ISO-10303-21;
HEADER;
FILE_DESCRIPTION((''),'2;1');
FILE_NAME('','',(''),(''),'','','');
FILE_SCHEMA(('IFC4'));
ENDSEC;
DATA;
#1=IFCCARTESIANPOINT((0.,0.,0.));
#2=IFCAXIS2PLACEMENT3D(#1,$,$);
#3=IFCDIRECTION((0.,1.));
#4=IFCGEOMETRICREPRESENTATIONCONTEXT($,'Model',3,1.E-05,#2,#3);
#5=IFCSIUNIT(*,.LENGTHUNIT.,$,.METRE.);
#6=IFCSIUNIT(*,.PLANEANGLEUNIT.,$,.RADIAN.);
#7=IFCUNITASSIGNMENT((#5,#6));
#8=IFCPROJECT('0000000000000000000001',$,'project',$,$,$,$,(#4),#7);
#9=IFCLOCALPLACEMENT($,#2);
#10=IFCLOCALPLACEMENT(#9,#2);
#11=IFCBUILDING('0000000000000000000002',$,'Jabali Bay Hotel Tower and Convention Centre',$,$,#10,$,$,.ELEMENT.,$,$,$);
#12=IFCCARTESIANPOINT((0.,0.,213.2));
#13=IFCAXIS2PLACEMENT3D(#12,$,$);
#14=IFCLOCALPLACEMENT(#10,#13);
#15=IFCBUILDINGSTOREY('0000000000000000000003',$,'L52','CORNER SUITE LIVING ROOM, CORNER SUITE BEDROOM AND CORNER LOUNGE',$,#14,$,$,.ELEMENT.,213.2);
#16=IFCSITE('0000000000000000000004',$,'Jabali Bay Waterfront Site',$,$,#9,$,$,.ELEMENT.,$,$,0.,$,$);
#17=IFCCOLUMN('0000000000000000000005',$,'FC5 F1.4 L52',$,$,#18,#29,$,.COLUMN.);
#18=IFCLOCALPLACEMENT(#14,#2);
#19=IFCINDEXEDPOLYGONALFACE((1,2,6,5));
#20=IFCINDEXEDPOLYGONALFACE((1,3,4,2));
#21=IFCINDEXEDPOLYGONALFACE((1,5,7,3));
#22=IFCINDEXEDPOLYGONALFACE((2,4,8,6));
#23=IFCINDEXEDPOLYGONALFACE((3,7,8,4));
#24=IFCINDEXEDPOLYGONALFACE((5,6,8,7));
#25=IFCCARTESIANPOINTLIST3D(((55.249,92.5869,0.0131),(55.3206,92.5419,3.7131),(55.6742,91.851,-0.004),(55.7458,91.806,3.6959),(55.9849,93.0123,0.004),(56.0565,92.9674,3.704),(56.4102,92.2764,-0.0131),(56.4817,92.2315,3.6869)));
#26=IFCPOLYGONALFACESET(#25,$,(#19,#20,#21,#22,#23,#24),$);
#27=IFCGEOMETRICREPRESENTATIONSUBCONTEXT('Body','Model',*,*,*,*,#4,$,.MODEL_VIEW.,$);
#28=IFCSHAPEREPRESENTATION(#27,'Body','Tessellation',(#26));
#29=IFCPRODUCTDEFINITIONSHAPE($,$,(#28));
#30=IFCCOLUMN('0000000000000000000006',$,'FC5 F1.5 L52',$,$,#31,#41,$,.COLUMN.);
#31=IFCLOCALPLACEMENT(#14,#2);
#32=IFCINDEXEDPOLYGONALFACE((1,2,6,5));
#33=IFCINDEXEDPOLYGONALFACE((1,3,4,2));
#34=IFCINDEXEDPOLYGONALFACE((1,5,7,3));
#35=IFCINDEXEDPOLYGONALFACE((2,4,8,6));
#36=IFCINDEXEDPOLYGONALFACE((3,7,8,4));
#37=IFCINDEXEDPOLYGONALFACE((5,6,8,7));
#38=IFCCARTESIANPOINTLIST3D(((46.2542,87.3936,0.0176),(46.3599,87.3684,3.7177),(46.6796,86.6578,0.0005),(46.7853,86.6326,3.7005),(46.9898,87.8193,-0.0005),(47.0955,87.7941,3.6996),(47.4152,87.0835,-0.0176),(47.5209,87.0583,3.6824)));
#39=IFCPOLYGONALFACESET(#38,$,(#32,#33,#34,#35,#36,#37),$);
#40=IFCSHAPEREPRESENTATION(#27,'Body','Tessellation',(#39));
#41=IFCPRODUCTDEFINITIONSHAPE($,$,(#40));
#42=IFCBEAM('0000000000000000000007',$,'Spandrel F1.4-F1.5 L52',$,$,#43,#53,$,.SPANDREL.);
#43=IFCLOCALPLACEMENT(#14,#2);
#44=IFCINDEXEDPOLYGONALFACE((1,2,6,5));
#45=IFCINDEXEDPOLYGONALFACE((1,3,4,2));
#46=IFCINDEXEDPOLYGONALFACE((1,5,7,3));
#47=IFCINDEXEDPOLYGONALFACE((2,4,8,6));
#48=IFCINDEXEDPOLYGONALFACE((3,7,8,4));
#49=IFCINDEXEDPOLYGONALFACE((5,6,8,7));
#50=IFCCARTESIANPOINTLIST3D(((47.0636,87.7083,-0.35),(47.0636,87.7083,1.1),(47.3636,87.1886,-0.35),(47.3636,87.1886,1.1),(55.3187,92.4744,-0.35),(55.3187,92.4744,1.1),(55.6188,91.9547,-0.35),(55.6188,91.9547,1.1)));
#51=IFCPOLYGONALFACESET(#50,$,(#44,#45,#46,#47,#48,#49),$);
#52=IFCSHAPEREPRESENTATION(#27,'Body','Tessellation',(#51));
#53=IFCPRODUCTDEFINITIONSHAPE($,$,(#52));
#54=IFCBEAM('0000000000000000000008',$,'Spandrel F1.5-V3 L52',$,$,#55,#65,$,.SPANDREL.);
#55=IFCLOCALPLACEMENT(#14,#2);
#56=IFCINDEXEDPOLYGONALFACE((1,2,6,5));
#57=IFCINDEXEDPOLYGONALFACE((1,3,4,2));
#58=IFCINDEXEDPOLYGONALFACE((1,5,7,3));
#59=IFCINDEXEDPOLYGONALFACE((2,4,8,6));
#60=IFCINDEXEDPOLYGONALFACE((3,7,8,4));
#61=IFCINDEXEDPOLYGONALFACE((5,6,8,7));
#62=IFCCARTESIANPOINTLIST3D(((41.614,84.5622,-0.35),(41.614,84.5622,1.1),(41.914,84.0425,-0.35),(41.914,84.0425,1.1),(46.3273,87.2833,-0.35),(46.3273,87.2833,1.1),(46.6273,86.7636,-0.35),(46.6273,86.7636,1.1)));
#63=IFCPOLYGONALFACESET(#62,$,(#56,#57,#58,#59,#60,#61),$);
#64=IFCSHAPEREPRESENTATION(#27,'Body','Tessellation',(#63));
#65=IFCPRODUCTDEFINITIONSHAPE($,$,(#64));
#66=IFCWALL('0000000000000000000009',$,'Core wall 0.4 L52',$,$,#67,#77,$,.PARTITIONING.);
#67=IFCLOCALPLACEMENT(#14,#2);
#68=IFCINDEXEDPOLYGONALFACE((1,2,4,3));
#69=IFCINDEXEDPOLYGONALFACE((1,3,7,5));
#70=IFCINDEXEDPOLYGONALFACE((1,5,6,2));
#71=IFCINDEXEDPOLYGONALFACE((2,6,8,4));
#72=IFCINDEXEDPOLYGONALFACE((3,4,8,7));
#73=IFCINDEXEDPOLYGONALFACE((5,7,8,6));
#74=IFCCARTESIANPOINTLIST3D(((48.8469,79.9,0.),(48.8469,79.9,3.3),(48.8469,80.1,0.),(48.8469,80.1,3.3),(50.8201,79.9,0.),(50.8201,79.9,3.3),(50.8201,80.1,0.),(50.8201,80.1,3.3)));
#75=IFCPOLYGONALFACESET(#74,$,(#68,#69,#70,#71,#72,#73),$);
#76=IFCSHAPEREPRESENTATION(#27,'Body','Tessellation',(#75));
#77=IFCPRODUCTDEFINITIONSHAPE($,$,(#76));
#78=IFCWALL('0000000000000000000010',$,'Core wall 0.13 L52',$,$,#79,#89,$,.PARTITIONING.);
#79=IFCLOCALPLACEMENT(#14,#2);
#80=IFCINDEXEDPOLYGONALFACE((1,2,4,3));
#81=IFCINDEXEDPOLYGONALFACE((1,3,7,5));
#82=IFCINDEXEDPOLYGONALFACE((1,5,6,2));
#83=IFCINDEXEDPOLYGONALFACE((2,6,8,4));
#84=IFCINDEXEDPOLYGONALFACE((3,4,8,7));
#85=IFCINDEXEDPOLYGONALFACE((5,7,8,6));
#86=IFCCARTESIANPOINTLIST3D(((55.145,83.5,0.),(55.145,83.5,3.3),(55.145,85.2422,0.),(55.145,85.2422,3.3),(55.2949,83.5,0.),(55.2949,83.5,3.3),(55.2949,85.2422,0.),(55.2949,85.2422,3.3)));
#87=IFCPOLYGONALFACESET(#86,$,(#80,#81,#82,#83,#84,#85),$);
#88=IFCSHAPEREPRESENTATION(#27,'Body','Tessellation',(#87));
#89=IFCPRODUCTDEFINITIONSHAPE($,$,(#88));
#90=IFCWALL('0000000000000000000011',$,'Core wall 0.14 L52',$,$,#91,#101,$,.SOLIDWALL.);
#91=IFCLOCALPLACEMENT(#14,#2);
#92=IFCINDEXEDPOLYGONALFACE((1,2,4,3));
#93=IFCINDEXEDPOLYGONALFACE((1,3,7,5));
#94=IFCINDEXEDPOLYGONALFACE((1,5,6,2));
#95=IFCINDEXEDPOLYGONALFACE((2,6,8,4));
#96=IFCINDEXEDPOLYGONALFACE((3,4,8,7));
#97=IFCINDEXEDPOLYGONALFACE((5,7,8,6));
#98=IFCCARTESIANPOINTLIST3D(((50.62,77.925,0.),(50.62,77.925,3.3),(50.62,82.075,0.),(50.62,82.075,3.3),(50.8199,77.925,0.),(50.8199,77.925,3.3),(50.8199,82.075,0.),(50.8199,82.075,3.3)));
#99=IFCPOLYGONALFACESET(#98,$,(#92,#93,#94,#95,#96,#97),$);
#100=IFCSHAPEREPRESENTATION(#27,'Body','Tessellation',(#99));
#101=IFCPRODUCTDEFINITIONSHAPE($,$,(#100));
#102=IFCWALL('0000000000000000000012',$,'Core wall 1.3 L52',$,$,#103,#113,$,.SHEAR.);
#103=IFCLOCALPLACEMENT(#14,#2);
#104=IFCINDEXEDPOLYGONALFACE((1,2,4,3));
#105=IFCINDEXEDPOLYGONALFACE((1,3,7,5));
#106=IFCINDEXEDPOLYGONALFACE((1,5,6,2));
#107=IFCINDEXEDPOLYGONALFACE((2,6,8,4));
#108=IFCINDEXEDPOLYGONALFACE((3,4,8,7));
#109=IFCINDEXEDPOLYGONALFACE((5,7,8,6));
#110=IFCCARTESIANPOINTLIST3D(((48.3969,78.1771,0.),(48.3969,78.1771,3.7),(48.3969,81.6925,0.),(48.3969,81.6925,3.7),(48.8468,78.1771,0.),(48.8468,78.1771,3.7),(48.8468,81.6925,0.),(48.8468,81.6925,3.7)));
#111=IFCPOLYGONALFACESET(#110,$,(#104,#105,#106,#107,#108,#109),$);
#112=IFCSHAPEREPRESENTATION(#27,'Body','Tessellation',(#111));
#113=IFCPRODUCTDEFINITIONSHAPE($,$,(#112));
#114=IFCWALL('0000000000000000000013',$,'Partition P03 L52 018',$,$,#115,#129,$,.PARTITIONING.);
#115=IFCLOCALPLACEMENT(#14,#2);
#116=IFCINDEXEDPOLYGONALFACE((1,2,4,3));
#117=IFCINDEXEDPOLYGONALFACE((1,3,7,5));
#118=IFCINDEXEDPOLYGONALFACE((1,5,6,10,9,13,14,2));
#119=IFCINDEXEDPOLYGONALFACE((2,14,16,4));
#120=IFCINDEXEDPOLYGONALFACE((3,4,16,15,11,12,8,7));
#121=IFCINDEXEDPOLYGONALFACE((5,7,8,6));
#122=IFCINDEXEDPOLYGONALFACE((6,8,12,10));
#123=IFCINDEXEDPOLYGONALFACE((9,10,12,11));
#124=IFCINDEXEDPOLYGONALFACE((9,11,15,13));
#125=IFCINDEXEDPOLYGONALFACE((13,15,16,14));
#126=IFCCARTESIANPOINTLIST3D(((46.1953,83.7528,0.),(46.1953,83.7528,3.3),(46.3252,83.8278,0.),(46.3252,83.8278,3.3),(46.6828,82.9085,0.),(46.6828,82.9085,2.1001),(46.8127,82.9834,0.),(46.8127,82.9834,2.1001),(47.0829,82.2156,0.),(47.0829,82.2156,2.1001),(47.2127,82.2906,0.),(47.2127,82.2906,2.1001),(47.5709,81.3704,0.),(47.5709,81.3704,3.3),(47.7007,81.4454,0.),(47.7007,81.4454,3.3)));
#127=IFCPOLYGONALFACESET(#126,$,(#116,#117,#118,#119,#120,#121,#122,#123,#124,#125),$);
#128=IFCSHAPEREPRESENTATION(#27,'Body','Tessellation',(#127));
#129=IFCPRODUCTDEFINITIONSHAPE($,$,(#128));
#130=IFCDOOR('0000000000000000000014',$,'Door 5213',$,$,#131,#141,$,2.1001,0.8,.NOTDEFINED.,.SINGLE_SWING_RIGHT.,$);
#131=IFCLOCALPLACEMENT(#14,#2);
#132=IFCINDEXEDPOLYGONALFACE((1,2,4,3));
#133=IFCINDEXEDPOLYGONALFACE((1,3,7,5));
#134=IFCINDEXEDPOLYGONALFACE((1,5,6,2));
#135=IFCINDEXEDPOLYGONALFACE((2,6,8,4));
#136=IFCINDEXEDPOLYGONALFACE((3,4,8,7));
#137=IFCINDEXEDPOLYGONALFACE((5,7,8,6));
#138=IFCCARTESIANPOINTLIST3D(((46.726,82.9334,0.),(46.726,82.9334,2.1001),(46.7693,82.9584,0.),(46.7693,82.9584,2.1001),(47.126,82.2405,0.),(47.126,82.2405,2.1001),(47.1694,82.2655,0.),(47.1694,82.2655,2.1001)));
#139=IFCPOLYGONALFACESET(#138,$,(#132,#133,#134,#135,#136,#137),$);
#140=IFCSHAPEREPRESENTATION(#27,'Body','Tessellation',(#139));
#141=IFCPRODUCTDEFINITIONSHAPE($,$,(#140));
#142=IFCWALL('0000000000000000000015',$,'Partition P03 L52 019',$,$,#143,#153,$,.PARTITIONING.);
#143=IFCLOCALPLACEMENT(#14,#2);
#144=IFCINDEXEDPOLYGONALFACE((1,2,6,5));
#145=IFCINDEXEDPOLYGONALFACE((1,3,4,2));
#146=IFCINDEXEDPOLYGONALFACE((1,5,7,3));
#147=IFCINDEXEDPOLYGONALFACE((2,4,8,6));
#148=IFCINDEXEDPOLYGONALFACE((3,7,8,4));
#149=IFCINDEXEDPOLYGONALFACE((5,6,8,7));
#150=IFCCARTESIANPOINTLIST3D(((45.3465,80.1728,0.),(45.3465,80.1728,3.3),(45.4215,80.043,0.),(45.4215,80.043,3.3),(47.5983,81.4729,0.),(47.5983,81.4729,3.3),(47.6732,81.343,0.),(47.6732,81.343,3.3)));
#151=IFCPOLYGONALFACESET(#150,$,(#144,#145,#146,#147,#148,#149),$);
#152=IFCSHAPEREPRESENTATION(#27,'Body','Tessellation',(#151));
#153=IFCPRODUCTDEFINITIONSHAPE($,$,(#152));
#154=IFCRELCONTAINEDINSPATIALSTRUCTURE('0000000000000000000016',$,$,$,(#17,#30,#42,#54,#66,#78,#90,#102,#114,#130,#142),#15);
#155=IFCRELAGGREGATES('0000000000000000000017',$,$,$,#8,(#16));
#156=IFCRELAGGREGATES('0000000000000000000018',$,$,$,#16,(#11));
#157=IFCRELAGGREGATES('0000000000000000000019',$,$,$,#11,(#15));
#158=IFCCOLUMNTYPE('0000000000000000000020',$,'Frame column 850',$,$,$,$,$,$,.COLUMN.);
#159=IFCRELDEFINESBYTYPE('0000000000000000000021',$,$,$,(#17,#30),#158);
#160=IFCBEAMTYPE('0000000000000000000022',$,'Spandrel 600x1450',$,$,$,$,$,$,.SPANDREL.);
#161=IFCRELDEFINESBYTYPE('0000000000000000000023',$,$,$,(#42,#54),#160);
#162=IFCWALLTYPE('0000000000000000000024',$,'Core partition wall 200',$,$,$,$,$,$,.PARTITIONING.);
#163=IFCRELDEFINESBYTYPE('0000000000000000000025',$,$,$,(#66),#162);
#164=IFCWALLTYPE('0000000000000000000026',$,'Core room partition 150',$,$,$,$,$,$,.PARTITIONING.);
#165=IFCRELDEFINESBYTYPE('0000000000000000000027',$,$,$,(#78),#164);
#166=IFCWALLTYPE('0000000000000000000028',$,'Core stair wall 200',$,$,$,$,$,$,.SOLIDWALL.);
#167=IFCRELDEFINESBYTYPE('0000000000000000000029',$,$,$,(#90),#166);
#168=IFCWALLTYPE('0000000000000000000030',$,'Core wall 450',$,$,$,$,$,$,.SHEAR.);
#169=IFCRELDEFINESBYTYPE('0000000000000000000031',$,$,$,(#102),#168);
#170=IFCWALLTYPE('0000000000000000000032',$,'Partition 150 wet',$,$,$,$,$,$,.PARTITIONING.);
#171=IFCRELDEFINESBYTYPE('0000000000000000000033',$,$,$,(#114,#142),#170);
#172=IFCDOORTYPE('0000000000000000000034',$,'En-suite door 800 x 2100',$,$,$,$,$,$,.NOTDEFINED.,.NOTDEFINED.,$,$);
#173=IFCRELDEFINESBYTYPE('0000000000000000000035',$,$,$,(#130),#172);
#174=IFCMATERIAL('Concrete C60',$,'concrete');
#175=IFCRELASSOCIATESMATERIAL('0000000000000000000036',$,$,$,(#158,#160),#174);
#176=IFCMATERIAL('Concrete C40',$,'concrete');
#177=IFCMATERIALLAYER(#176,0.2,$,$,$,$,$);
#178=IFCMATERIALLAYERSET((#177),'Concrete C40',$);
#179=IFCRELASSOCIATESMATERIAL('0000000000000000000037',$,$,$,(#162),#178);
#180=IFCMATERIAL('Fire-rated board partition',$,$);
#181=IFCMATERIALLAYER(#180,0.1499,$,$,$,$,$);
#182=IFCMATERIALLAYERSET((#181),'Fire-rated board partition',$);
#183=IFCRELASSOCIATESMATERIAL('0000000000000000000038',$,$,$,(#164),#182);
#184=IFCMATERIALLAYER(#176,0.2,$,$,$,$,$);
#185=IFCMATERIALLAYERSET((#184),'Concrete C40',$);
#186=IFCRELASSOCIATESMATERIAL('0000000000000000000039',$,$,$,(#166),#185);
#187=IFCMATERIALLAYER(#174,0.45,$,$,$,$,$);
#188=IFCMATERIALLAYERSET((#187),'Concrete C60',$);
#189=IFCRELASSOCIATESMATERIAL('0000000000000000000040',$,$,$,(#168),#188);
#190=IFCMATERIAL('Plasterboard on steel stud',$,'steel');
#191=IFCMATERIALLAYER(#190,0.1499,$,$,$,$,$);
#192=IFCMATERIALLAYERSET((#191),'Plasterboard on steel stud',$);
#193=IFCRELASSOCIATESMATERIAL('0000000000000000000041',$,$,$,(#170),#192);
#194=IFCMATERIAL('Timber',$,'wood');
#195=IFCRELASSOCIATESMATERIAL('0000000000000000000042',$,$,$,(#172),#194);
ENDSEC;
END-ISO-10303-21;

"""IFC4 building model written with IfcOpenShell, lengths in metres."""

from ifc_helpers import new_model, si_unit, direction, frame, frame_2d, origin, origin_2d, place, context, subcontext, project, spatial, rectangle, extrude, material, layer, layer_set, material_profile, profile_set, type_object, element, fill, save


model = new_model("IFC4")

# Units and contexts
model_context = context("Model", 3, precision=1e-05, world=origin(), true_north=direction((0.0, 1.0)))
body_context = subcontext(model_context, "Body", "Model", "MODEL_VIEW")
ifc_project = project(units=[si_unit("LENGTHUNIT", "METRE"), si_unit("PLANEANGLEUNIT", "RADIAN")], contexts=[model_context])

# Site, building, storey
site_placement = place(None, origin())
site = spatial("IfcSite", under=ifc_project, at=site_placement, Name="Jabali Bay Waterfront Site", CompositionType="ELEMENT", RefElevation=0.0)
building_placement = place(site_placement, origin())
building = spatial("IfcBuilding", under=site, at=building_placement, Name="Jabali Bay Hotel Tower and Convention Centre", CompositionType="ELEMENT")
storey_placement = place(building_placement, frame((0.0, 0.0, 213.2)))
storey = spatial("IfcBuildingStorey", under=building, at=storey_placement, Name="L52", Description="CORNER SUITE LIVING ROOM, CORNER SUITE BEDROOM AND CORNER LOUNGE", CompositionType="ELEMENT", Elevation=213.2)

# Columns
ifc_material_1 = material(Name="Concrete C60", Category="concrete")
ifc_material_profile_1 = material_profile(ifc_material_1, rectangle(XDim=0.8501, YDim=0.8501, at=origin_2d()), Name="Frame column 850")
ifc_profile_set_1 = profile_set([ifc_material_profile_1], Name="Concrete C60")
column_type = type_object("IfcColumnType", Name="Frame column 850", PredefinedType="COLUMN", material=ifc_profile_set_1)
column_1_placement = place(storey_placement, frame((55.8296, 92.4316, 0.0), z_axis=(0.019329, -0.012138, 0.99974), x_axis=(-0.500206, 0.865671, 0.020181)))
element("IfcColumn", 1, at=column_1_placement, inside=storey, type_object=column_type, Name="FC5 F1.4 L52", PredefinedType="COLUMN", context=body_context, shape_type="SweptSolid", body=[
    extrude(rectangle(XDim=0.8501, YDim=0.8501, at=origin_2d()), origin(), (0.0, 0.0, 1.0), 3.7009),
])
column_2_placement = place(storey_placement, frame((46.8347, 87.2385, 0.0), z_axis=(0.028559, -0.006794, 0.999569), x_axis=(-0.500408, 0.865555, 0.02018)))
element("IfcColumn", 2, at=column_2_placement, inside=storey, type_object=column_type, Name="FC5 F1.5 L52", PredefinedType="COLUMN", context=body_context, shape_type="SweptSolid", body=[
    extrude(rectangle(XDim=0.8501, YDim=0.8501, at=origin_2d()), origin(), (0.0, 0.0, 1.0), 3.7017),
])

# Beams
ifc_material_profile_2 = material_profile(ifc_material_1, rectangle(XDim=0.6001, YDim=1.45, at=origin_2d()), Name="Spandrel 600x1450")
ifc_profile_set_2 = profile_set([ifc_material_profile_2], Name="Concrete C60")
beam_type = type_object("IfcBeamType", Name="Spandrel 600x1450", PredefinedType="SPANDREL", material=ifc_profile_set_2)
beam_1_placement = place(storey_placement, frame((55.4688, 92.2146, 0.375), z_axis=(-0.866025, -0.500001, 0.0), x_axis=(0.500001, -0.866025, 0.0)))
element("IfcBeam", 3, at=beam_1_placement, inside=storey, type_object=beam_type, Name="Spandrel F1.4-F1.5 L52", PredefinedType="SPANDREL", context=body_context, shape_type="SweptSolid", body=[
    extrude(rectangle(XDim=0.6001, YDim=1.45, at=origin_2d()), origin(), (0.0, 0.0, 1.0), 9.5322),
])
beam_2_placement = place(storey_placement, frame((46.4773, 87.0234, 0.375), z_axis=(-0.866032, -0.499989, 0.0), x_axis=(0.499989, -0.866032, 0.0)))
element("IfcBeam", 4, at=beam_2_placement, inside=storey, type_object=beam_type, Name="Spandrel F1.5-V3 L52", PredefinedType="SPANDREL", context=body_context, shape_type="SweptSolid", body=[
    extrude(rectangle(XDim=0.6001, YDim=1.45, at=origin_2d()), origin(), (0.0, 0.0, 1.0), 5.4424),
])

# Walls
ifc_material_2 = material(Name="Concrete C40", Category="concrete")
ifc_layer_1 = layer(ifc_material_2, 0.2)
ifc_layer_set_1 = layer_set([ifc_layer_1], Name="Concrete C40")
wall_type_1 = type_object("IfcWallType", Name="Core partition wall 200", PredefinedType="PARTITIONING", material=ifc_layer_set_1)
wall_1_placement = place(storey_placement, frame((50.8201, 80.0, 0.0), z_axis=(0.0, 0.0, 1.0), x_axis=(-1.0, 0.0, 0.0)))
element("IfcWall", 5, at=wall_1_placement, inside=storey, type_object=wall_type_1, Name="Core wall 0.4 L52", PredefinedType="PARTITIONING", context=body_context, shape_type="SweptSolid", body=[
    extrude(rectangle(XDim=1.9731, YDim=0.2, at=frame_2d((0.9866, 0.0))), origin(), (0.0, 0.0, 1.0), 3.3),
])
ifc_material_3 = material(Name="Fire-rated board partition")
ifc_layer_2 = layer(ifc_material_3, 0.1499)
ifc_layer_set_2 = layer_set([ifc_layer_2], Name="Fire-rated board partition")
wall_type_2 = type_object("IfcWallType", Name="Core room partition 150", PredefinedType="PARTITIONING", material=ifc_layer_set_2)
wall_2_placement = place(storey_placement, frame((55.22, 85.2422, 0.0), z_axis=(0.0, 0.0, 1.0), x_axis=(0.0, -1.0, 0.0)))
element("IfcWall", 6, at=wall_2_placement, inside=storey, type_object=wall_type_2, Name="Core wall 0.13 L52", PredefinedType="PARTITIONING", context=body_context, shape_type="SweptSolid", body=[
    extrude(rectangle(XDim=1.7422, YDim=0.1499, at=frame_2d((0.8711, 0.0))), origin(), (0.0, 0.0, 1.0), 3.3),
])
ifc_layer_3 = layer(ifc_material_2, 0.2)
ifc_layer_set_3 = layer_set([ifc_layer_3], Name="Concrete C40")
wall_type_3 = type_object("IfcWallType", Name="Core stair wall 200", PredefinedType="SOLIDWALL", material=ifc_layer_set_3)
wall_3_placement = place(storey_placement, frame((50.72, 82.075, 0.0), z_axis=(0.0, 0.0, 1.0), x_axis=(0.0, -1.0, 0.0)))
element("IfcWall", 7, at=wall_3_placement, inside=storey, type_object=wall_type_3, Name="Core wall 0.14 L52", PredefinedType="SOLIDWALL", context=body_context, shape_type="SweptSolid", body=[
    extrude(rectangle(XDim=4.1499, YDim=0.2, at=frame_2d((2.075, 0.0))), origin(), (0.0, 0.0, 1.0), 3.3),
])
ifc_layer_4 = layer(ifc_material_1, 0.45)
ifc_layer_set_4 = layer_set([ifc_layer_4], Name="Concrete C60")
wall_type_4 = type_object("IfcWallType", Name="Core wall 450", PredefinedType="SHEAR", material=ifc_layer_set_4)
wall_4_placement = place(storey_placement, frame((48.6218, 81.6926, 0.0), z_axis=(0.0, 0.0, 1.0), x_axis=(0.0, -1.0, 0.0)))
element("IfcWall", 8, at=wall_4_placement, inside=storey, type_object=wall_type_4, Name="Core wall 1.3 L52", PredefinedType="SHEAR", context=body_context, shape_type="SweptSolid", body=[
    extrude(rectangle(XDim=3.5154, YDim=0.45, at=frame_2d((1.7578, 0.0))), origin(), (0.0, 0.0, 1.0), 3.7),
])

# Wall, opening, door
ifc_material_4 = material(Name="Plasterboard on steel stud", Category="steel")
ifc_layer_5 = layer(ifc_material_4, 0.1499)
ifc_layer_set_5 = layer_set([ifc_layer_5], Name="Plasterboard on steel stud")
wall_type_5 = type_object("IfcWallType", Name="Partition 150 wet", PredefinedType="PARTITIONING", material=ifc_layer_set_5)
wall_5_placement = place(storey_placement, frame((46.2603, 83.7903, 0.0), z_axis=(0.0, 0.0, 1.0), x_axis=(0.500014, -0.866017, 0.0)))
wall_5 = element("IfcWall", 9, at=wall_5_placement, inside=storey, type_object=wall_type_5, Name="Partition P03 L52 018", PredefinedType="PARTITIONING", context=body_context, shape_type="SweptSolid", body=[
    extrude(rectangle(XDim=2.751, YDim=0.1499, at=frame_2d((1.3755, 0.0))), origin(), (0.0, 0.0, 1.0), 3.3),
])
opening_placement = place(wall_5_placement, frame((0.9751, 0.0, 0.0)))
opening = element("IfcOpeningElement", 10, at=opening_placement, cuts=wall_5, PredefinedType="OPENING", context=body_context, shape_type="SweptSolid", body=[
    extrude(rectangle(XDim=0.8, YDim=2.1001, at=frame_2d((0.3999, 1.05))), frame((0.0, 0.0854, 0.0), z_axis=(0.0, -1.0, 0.0), x_axis=(1.0, 0.0, 0.0)), (0.0, 0.0, 1.0), 0.1709),
])
ifc_material_5 = material(Name="Timber", Category="wood")
door_type = type_object("IfcDoorType", Name="En-suite door 800 x 2100", OperationType="NOTDEFINED", PredefinedType="NOTDEFINED", material=ifc_material_5)
door_placement = place(opening_placement, origin())
door = element("IfcDoor", 11, at=door_placement, inside=storey, type_object=door_type, Name="Door 5213", OperationType="SINGLE_SWING_RIGHT", OverallHeight=2.1001, OverallWidth=0.8, PredefinedType="NOTDEFINED", context=body_context, shape_type="SweptSolid", body=[
    extrude(rectangle(XDim=0.8, YDim=2.1001, at=frame_2d((0.3999, 1.05))), frame((0.0, 0.0249, 0.0), z_axis=(0.0, -1.0, 0.0), x_axis=(1.0, 0.0, 0.0)), (0.0, 0.0, 1.0), 0.05),
])
fill(opening, door)

# Wall
wall_6_placement = place(storey_placement, frame((47.6357, 81.408, 0.0), z_axis=(0.0, 0.0, 1.0), x_axis=(-0.866021, -0.500007, 0.0)))
element("IfcWall", 12, at=wall_6_placement, inside=storey, type_object=wall_type_5, Name="Partition P03 L52 019", PredefinedType="PARTITIONING", context=body_context, shape_type="SweptSolid", body=[
    extrude(rectangle(XDim=2.6001, YDim=0.1499, at=frame_2d((1.3, 0.0))), origin(), (0.0, 0.0, 1.0), 3.3),
])

save(model, "model.ifc")
